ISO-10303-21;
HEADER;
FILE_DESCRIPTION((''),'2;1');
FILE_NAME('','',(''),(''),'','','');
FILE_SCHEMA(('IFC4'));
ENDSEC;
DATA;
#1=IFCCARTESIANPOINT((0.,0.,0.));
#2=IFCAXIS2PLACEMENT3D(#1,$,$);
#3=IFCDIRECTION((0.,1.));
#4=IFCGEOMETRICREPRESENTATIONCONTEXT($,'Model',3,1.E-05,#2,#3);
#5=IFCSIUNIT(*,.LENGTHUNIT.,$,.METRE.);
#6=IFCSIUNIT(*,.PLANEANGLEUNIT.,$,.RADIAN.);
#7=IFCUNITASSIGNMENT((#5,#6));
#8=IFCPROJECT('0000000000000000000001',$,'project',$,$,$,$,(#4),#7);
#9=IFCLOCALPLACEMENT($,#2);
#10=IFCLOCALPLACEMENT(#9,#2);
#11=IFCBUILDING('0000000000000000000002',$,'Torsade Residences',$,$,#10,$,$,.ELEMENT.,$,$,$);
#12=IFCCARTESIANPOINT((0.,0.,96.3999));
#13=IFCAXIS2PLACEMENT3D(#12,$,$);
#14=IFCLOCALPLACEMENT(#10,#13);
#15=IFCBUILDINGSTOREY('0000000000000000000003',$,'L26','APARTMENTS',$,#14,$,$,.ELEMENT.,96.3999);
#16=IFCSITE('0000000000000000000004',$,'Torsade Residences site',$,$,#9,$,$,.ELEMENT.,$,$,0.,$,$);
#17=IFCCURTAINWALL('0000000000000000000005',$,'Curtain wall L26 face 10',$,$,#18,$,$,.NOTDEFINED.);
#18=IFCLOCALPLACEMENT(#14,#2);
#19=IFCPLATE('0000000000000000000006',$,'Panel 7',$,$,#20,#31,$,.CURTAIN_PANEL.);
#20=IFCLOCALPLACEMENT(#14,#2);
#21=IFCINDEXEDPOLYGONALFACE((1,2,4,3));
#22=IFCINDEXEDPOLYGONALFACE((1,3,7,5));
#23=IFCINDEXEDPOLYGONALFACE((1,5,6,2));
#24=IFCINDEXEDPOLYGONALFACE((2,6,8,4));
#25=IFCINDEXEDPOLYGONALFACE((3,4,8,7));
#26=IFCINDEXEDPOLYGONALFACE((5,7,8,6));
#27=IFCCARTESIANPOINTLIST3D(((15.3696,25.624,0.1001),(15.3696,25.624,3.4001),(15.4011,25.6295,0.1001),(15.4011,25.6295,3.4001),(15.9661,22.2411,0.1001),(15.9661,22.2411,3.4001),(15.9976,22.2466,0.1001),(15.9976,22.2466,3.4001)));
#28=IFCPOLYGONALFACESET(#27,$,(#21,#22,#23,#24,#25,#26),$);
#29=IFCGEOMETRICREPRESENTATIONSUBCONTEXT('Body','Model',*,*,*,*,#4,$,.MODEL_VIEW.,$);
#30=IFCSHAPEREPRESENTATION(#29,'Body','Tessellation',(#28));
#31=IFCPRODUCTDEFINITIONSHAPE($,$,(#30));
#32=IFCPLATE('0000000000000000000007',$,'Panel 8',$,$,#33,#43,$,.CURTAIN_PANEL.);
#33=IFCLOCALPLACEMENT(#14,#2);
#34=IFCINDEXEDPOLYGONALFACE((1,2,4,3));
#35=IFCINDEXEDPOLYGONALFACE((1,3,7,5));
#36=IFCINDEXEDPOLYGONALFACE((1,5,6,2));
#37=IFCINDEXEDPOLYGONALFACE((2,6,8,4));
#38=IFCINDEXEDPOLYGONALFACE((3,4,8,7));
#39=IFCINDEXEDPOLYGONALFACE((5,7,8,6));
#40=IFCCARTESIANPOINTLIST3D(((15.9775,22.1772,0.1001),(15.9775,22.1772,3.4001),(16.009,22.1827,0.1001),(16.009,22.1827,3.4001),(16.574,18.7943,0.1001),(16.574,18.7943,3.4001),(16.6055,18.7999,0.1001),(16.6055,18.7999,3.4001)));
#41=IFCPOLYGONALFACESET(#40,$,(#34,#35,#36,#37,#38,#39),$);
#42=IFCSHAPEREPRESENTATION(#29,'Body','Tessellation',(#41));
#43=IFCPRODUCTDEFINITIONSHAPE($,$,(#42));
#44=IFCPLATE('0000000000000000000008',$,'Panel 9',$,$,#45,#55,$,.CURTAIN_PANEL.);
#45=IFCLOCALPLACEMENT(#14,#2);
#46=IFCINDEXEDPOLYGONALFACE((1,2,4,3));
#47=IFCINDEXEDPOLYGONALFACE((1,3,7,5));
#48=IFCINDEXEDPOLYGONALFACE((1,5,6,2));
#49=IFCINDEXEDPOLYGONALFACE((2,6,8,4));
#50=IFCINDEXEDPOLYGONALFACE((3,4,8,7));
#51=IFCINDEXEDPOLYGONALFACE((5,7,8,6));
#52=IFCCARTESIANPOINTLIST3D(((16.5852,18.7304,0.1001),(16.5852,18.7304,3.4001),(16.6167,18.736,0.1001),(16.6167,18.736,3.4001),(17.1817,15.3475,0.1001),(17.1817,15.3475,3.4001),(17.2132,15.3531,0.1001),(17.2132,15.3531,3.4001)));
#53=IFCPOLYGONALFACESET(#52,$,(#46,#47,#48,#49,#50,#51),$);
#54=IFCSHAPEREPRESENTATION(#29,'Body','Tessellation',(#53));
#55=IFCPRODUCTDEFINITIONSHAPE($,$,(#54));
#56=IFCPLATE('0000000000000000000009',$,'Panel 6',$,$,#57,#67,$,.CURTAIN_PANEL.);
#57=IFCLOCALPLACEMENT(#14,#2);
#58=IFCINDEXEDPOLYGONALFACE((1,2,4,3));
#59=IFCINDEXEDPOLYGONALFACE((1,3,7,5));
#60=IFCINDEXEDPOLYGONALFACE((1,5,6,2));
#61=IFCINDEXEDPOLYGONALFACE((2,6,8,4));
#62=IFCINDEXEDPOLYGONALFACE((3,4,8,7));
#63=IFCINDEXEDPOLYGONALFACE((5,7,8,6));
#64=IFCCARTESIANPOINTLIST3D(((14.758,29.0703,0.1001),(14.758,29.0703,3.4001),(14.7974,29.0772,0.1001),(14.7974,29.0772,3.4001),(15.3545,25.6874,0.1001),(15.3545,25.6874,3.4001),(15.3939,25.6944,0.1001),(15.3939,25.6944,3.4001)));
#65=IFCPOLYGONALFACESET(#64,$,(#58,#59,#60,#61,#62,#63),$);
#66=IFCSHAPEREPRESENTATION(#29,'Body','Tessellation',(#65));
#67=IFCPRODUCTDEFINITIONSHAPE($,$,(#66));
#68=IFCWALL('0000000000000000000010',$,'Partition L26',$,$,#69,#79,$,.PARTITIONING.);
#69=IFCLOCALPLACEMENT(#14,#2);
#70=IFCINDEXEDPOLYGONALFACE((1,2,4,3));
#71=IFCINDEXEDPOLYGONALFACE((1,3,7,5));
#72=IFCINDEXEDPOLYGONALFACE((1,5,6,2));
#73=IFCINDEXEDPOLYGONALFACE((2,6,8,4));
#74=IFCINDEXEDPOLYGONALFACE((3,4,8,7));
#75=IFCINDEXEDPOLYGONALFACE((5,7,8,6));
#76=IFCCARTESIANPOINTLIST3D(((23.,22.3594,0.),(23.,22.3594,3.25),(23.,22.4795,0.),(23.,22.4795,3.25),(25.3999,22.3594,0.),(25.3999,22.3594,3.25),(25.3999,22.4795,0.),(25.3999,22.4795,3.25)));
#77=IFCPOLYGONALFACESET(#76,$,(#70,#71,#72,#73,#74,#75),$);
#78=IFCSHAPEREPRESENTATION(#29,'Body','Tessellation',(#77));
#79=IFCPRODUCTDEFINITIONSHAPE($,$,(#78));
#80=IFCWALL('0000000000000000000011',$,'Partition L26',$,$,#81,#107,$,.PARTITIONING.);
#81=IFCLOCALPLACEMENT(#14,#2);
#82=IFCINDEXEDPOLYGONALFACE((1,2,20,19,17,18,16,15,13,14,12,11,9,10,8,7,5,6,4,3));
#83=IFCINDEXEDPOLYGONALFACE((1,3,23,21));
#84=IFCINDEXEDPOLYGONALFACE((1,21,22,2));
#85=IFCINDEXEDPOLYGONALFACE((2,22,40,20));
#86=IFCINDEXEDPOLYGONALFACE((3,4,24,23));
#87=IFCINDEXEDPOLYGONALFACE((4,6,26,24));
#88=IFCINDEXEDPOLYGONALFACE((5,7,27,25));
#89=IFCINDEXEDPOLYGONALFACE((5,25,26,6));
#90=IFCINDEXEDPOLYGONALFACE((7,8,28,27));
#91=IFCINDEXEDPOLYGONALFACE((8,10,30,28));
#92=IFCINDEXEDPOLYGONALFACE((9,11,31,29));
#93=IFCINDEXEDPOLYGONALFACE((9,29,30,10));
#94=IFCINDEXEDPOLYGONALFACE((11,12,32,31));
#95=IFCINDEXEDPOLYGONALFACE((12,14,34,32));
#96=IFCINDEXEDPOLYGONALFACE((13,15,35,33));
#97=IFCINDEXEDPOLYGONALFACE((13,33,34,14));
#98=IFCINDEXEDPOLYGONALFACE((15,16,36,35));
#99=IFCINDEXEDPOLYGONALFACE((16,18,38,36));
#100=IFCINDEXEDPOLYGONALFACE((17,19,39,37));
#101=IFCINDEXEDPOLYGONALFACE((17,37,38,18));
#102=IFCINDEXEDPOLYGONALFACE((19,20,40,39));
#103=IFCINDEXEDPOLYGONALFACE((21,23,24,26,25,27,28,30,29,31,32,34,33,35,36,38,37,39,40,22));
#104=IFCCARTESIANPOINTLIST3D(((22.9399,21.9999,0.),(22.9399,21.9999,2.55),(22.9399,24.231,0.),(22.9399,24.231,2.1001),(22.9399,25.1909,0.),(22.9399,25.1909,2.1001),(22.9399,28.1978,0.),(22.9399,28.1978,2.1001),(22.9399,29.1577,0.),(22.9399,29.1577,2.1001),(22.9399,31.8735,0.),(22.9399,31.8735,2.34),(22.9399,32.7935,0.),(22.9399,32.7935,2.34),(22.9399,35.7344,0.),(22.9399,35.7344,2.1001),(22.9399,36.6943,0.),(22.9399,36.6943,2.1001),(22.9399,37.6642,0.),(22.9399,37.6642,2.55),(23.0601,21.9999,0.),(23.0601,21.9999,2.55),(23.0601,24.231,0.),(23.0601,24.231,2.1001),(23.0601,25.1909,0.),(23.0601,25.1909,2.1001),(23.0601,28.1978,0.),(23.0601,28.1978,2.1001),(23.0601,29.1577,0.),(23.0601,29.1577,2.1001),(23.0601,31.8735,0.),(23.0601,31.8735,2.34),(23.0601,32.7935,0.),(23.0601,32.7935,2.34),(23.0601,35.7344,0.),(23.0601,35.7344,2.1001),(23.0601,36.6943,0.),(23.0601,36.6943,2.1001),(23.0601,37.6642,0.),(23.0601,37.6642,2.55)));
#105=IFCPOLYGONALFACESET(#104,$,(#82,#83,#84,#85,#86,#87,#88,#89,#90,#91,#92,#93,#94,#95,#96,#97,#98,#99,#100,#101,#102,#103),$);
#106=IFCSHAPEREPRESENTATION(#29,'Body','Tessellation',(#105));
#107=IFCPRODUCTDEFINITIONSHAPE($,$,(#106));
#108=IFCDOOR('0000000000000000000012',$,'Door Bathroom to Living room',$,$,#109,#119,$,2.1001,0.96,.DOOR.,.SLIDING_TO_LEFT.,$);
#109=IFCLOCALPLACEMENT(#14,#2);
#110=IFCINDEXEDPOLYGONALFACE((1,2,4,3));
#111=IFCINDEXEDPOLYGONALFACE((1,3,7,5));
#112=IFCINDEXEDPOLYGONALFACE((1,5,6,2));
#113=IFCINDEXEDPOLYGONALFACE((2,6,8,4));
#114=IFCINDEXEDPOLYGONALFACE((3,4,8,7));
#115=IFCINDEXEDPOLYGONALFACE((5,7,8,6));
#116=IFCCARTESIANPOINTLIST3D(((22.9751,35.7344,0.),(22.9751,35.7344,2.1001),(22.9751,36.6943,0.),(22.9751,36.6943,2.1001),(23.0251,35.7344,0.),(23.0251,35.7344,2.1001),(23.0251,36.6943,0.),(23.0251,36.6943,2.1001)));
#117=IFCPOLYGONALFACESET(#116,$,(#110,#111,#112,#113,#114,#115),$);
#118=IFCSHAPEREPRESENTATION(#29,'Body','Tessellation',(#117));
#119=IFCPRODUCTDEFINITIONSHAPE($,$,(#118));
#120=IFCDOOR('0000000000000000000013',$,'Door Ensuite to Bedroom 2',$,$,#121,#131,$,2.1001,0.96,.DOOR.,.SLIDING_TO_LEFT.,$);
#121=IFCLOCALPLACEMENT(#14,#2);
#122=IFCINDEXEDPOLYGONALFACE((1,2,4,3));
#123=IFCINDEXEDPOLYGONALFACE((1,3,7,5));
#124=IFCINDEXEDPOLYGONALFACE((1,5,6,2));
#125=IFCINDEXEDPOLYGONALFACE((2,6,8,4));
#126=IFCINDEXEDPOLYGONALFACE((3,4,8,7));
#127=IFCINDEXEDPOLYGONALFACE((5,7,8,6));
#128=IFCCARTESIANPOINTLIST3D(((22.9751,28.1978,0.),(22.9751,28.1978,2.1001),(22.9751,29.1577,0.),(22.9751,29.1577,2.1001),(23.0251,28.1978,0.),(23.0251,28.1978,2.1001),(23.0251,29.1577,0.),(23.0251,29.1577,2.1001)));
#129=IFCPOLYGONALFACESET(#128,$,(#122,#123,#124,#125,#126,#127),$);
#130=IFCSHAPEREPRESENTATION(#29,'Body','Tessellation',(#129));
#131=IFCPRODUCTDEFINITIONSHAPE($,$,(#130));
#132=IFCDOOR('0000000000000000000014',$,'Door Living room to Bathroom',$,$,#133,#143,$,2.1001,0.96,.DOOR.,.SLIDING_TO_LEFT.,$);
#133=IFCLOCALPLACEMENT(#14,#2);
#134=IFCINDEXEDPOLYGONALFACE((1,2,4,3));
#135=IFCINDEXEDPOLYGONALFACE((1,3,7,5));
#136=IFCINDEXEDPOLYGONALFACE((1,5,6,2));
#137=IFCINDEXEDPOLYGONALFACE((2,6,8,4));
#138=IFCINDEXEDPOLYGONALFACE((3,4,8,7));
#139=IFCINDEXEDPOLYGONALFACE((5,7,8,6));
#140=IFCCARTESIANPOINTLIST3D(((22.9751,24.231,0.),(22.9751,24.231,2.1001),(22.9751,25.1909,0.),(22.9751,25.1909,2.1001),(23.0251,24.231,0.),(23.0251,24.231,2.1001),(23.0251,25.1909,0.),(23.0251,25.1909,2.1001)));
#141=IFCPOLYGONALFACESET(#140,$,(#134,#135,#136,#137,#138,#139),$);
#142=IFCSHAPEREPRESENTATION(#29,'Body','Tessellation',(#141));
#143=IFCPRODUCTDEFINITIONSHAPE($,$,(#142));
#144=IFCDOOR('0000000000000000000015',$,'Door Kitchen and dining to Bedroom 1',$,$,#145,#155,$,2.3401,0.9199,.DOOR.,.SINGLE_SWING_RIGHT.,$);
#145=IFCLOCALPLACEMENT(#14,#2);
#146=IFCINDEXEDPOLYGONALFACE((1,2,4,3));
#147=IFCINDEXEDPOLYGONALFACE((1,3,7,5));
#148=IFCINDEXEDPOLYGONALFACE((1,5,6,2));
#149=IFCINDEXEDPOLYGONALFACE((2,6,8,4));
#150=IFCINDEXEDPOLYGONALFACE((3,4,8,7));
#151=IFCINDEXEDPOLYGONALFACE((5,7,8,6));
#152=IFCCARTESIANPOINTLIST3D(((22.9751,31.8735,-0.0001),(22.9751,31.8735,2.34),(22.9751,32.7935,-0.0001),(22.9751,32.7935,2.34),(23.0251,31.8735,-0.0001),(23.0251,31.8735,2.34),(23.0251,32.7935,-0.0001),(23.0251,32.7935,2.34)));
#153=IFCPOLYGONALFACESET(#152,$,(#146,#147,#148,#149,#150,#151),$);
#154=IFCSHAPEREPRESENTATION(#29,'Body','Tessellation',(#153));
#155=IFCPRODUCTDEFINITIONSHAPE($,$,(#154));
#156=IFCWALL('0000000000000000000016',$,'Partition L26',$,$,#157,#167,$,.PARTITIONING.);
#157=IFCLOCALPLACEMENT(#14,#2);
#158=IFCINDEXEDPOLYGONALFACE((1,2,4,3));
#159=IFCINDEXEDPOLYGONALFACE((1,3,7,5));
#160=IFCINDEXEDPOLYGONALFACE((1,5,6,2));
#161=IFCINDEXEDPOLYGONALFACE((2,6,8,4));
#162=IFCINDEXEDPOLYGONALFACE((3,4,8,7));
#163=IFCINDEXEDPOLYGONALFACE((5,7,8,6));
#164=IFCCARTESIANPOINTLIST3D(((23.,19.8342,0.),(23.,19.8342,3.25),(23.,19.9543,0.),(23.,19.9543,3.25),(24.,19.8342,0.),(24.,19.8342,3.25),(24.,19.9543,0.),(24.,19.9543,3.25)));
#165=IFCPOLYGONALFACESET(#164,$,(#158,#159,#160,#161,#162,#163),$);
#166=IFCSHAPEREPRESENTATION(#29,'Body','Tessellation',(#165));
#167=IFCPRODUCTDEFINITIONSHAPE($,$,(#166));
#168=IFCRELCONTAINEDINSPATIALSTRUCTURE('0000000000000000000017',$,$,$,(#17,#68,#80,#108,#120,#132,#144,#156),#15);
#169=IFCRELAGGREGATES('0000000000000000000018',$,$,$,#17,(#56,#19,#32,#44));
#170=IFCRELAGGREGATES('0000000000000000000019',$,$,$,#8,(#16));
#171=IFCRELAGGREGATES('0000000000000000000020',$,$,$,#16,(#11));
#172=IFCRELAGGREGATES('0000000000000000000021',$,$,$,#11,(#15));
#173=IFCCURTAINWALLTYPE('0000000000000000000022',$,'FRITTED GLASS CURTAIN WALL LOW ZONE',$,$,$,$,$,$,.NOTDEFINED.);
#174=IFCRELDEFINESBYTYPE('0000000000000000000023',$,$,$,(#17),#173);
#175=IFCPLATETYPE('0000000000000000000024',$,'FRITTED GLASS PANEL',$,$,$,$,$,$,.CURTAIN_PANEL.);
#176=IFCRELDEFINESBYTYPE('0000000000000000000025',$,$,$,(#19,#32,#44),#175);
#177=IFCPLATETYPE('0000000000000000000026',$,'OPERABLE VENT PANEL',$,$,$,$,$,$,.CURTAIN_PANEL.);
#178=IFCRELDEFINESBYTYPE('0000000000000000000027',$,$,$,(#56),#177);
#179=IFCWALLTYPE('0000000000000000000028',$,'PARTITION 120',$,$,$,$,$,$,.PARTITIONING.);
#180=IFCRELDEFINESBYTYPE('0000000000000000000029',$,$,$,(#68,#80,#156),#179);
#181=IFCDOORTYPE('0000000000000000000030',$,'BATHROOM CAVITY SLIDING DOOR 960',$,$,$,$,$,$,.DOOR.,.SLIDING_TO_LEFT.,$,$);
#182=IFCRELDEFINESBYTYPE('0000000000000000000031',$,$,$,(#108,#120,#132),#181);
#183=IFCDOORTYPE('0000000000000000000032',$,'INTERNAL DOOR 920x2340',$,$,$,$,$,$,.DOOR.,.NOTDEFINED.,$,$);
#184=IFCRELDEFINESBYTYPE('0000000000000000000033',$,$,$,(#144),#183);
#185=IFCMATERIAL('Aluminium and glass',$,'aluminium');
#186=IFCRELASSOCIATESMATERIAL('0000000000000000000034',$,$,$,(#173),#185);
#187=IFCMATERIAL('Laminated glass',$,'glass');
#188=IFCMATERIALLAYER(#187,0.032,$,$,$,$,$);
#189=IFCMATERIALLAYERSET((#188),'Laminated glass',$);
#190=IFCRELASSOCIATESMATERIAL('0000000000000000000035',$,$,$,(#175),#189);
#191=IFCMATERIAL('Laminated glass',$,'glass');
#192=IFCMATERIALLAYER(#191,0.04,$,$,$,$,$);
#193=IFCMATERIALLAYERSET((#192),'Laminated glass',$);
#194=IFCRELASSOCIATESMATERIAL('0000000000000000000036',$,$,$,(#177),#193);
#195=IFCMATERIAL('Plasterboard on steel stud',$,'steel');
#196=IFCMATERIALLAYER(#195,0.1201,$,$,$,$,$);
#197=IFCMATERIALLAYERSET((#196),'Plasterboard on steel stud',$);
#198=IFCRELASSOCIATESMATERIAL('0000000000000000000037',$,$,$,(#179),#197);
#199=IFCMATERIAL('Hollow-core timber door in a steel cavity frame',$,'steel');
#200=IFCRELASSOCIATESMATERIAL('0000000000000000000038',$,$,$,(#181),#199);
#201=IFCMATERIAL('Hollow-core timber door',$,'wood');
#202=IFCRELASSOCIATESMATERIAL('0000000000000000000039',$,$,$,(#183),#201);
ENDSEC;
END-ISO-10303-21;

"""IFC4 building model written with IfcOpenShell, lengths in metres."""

from ifc_helpers import new_model, si_unit, direction, frame, frame_2d, origin, origin_2d, place, context, subcontext, project, spatial, rectangle, extrude, material, layer, layer_set, type_object, element, fill, aggregate, save


model = new_model("IFC4")

# Units and contexts
model_context = context("Model", 3, precision=1e-05, world=origin(), true_north=direction((0.0, 1.0)))
body_context = subcontext(model_context, "Body", "Model", "MODEL_VIEW")
ifc_project = project(units=[si_unit("LENGTHUNIT", "METRE"), si_unit("PLANEANGLEUNIT", "RADIAN")], contexts=[model_context])

# Site, building, storey
site_placement = place(None, origin())
site = spatial("IfcSite", under=ifc_project, at=site_placement, Name="Torsade Residences site", CompositionType="ELEMENT", RefElevation=0.0)
building_placement = place(site_placement, origin())
building = spatial("IfcBuilding", under=site, at=building_placement, Name="Torsade Residences", CompositionType="ELEMENT")
storey_placement = place(building_placement, frame((0.0, 0.0, 96.3999)))
storey = spatial("IfcBuildingStorey", under=building, at=storey_placement, Name="L26", Description="APARTMENTS", CompositionType="ELEMENT", Elevation=96.3999)

# Curtain wall
ifc_material_1 = material(Name="Aluminium and glass", Category="aluminium")
curtain_wall_type = type_object("IfcCurtainWallType", Name="FRITTED GLASS CURTAIN WALL LOW ZONE", PredefinedType="NOTDEFINED", material=ifc_material_1)
curtain_wall_placement = place(storey_placement, origin())
curtain_wall = element("IfcCurtainWall", 1, at=curtain_wall_placement, inside=storey, type_object=curtain_wall_type, Name="Curtain wall L26 face 10", PredefinedType="NOTDEFINED")

# Plates
ifc_material_2 = material(Name="Laminated glass", Category="glass")
ifc_layer_1 = layer(ifc_material_2, 0.032)
ifc_layer_set_1 = layer_set([ifc_layer_1], Name="Laminated glass")
plate_type_1 = type_object("IfcPlateType", Name="FRITTED GLASS PANEL", PredefinedType="CURTAIN_PANEL", material=ifc_layer_set_1)
plate_1_placement = place(storey_placement, frame((15.6836, 23.9353, 0.1001), z_axis=(0.0, 0.0, 1.0), x_axis=(0.173648, -0.984808, 0.0)))
plate_1 = element("IfcPlate", 2, at=plate_1_placement, type_object=plate_type_1, Name="Panel 7", PredefinedType="CURTAIN_PANEL", context=body_context, shape_type="SweptSolid", body=[
    extrude(rectangle(XDim=3.4351, YDim=0.032, at=origin_2d()), origin(), (0.0, 0.0, 1.0), 3.3),
])
plate_2_placement = place(storey_placement, frame((16.2915, 20.4885, 0.1001), z_axis=(0.0, 0.0, 1.0), x_axis=(0.173648, -0.984808, 0.0)))
plate_2 = element("IfcPlate", 3, at=plate_2_placement, type_object=plate_type_1, Name="Panel 8", PredefinedType="CURTAIN_PANEL", context=body_context, shape_type="SweptSolid", body=[
    extrude(rectangle(XDim=3.4351, YDim=0.032, at=origin_2d()), origin(), (0.0, 0.0, 1.0), 3.3),
])
plate_3_placement = place(storey_placement, frame((16.8992, 17.0417, 0.1001), z_axis=(0.0, 0.0, 1.0), x_axis=(0.173648, -0.984808, 0.0)))
plate_3 = element("IfcPlate", 4, at=plate_3_placement, type_object=plate_type_1, Name="Panel 9", PredefinedType="CURTAIN_PANEL", context=body_context, shape_type="SweptSolid", body=[
    extrude(rectangle(XDim=3.4351, YDim=0.032, at=origin_2d()), origin(), (0.0, 0.0, 1.0), 3.3),
])
ifc_material_3 = material(Name="Laminated glass", Category="glass")
ifc_layer_2 = layer(ifc_material_3, 0.04)
ifc_layer_set_2 = layer_set([ifc_layer_2], Name="Laminated glass")
plate_type_2 = type_object("IfcPlateType", Name="OPERABLE VENT PANEL", PredefinedType="CURTAIN_PANEL", material=ifc_layer_set_2)
plate_4_placement = place(storey_placement, frame((15.0759, 27.3823, 0.1001), z_axis=(0.0, 0.0, 1.0), x_axis=(0.173648, -0.984808, 0.0)))
plate_4 = element("IfcPlate", 5, at=plate_4_placement, type_object=plate_type_2, Name="Panel 6", PredefinedType="CURTAIN_PANEL", context=body_context, shape_type="SweptSolid", body=[
    extrude(rectangle(XDim=3.4351, YDim=0.04, at=origin_2d()), origin(), (0.0, 0.0, 1.0), 3.3),
])
aggregate(curtain_wall, [plate_4, plate_1, plate_2, plate_3])

# Wall
ifc_material_4 = material(Name="Plasterboard on steel stud", Category="steel")
ifc_layer_3 = layer(ifc_material_4, 0.1201)
ifc_layer_set_3 = layer_set([ifc_layer_3], Name="Plasterboard on steel stud")
wall_type_1 = type_object("IfcWallType", Name="PARTITION 120", PredefinedType="PARTITIONING", material=ifc_layer_set_3)
wall_1_placement = place(storey_placement, frame((23.0, 22.4194, 0.0), z_axis=(0.0, 0.0, 1.0), x_axis=(1.0, 0.0, 0.0)))
element("IfcWall", 6, at=wall_1_placement, inside=storey, type_object=wall_type_1, Name="Partition L26", PredefinedType="PARTITIONING", context=body_context, shape_type="SweptSolid", body=[
    extrude(rectangle(XDim=2.3999, YDim=0.1201, at=frame_2d((1.2, 0.0))), origin(), (0.0, 0.0, 1.0), 3.25),
])

# Wall, openings, doors
wall_2_placement = place(storey_placement, frame((23.0, 22.0, 0.0), z_axis=(0.0, 0.0, 1.0), x_axis=(0.0, 1.0, 0.0)))
wall_2 = element("IfcWall", 7, at=wall_2_placement, inside=storey, type_object=wall_type_1, Name="Partition L26", PredefinedType="PARTITIONING", context=body_context, shape_type="SweptSolid", body=[
    extrude(rectangle(XDim=15.6643, YDim=0.1201, at=frame_2d((7.832, 0.0))), origin(), (0.0, 0.0, 1.0), 2.55),
])
opening_1_placement = place(wall_2_placement, frame((9.8735, 0.0, 0.0)))
opening_1 = element("IfcOpeningElement", 8, at=opening_1_placement, cuts=wall_2, PredefinedType="OPENING", context=body_context, shape_type="SweptSolid", body=[
    extrude(rectangle(XDim=0.9199, YDim=2.3401, at=frame_2d((0.46, 1.1699))), frame((0.0, 0.0701, 0.0), z_axis=(0.0, -1.0, 0.0), x_axis=(1.0, 0.0, 0.0)), (0.0, 0.0, 1.0), 0.1401),
])
opening_2_placement = place(wall_2_placement, frame((13.7344, 0.0, 0.0)))
opening_2 = element("IfcOpeningElement", 9, at=opening_2_placement, cuts=wall_2, PredefinedType="OPENING", context=body_context, shape_type="SweptSolid", body=[
    extrude(rectangle(XDim=0.96, YDim=2.1001, at=frame_2d((0.48, 1.05))), frame((0.0, 0.0701, 0.0), z_axis=(0.0, -1.0, 0.0), x_axis=(1.0, 0.0, 0.0)), (0.0, 0.0, 1.0), 0.1401),
])
opening_3_placement = place(wall_2_placement, frame((6.1978, 0.0, 0.0)))
opening_3 = element("IfcOpeningElement", 10, at=opening_3_placement, cuts=wall_2, PredefinedType="OPENING", context=body_context, shape_type="SweptSolid", body=[
    extrude(rectangle(XDim=0.96, YDim=2.1001, at=frame_2d((0.48, 1.05))), frame((0.0, 0.0701, 0.0), z_axis=(0.0, -1.0, 0.0), x_axis=(1.0, 0.0, 0.0)), (0.0, 0.0, 1.0), 0.1401),
])
opening_4_placement = place(wall_2_placement, frame((2.231, 0.0, 0.0)))
opening_4 = element("IfcOpeningElement", 11, at=opening_4_placement, cuts=wall_2, PredefinedType="OPENING", context=body_context, shape_type="SweptSolid", body=[
    extrude(rectangle(XDim=0.96, YDim=2.1001, at=frame_2d((0.48, 1.05))), frame((0.0, 0.0701, 0.0), z_axis=(0.0, -1.0, 0.0), x_axis=(1.0, 0.0, 0.0)), (0.0, 0.0, 1.0), 0.1401),
])
ifc_material_5 = material(Name="Hollow-core timber door in a steel cavity frame", Category="steel")
door_type_1 = type_object("IfcDoorType", Name="BATHROOM CAVITY SLIDING DOOR 960", OperationType="SLIDING_TO_LEFT", PredefinedType="DOOR", material=ifc_material_5)
door_1_placement = place(opening_2_placement, origin())
door_1 = element("IfcDoor", 12, at=door_1_placement, inside=storey, type_object=door_type_1, Name="Door Bathroom to Living room", OperationType="SLIDING_TO_LEFT", OverallHeight=2.1001, OverallWidth=0.96, PredefinedType="DOOR", context=body_context, shape_type="SweptSolid", body=[
    extrude(rectangle(XDim=0.96, YDim=2.1001, at=frame_2d((0.48, 1.05))), frame((0.0, 0.0249, 0.0), z_axis=(0.0, -1.0, 0.0), x_axis=(1.0, 0.0, 0.0)), (0.0, 0.0, 1.0), 0.05),
])
fill(opening_2, door_1)
door_2_placement = place(opening_3_placement, origin())
door_2 = element("IfcDoor", 13, at=door_2_placement, inside=storey, type_object=door_type_1, Name="Door Ensuite to Bedroom 2", OperationType="SLIDING_TO_LEFT", OverallHeight=2.1001, OverallWidth=0.96, PredefinedType="DOOR", context=body_context, shape_type="SweptSolid", body=[
    extrude(rectangle(XDim=0.96, YDim=2.1001, at=frame_2d((0.48, 1.05))), frame((0.0, 0.0249, 0.0), z_axis=(0.0, -1.0, 0.0), x_axis=(1.0, 0.0, 0.0)), (0.0, 0.0, 1.0), 0.05),
])
fill(opening_3, door_2)
door_3_placement = place(opening_4_placement, origin())
door_3 = element("IfcDoor", 14, at=door_3_placement, inside=storey, type_object=door_type_1, Name="Door Living room to Bathroom", OperationType="SLIDING_TO_LEFT", OverallHeight=2.1001, OverallWidth=0.96, PredefinedType="DOOR", context=body_context, shape_type="SweptSolid", body=[
    extrude(rectangle(XDim=0.96, YDim=2.1001, at=frame_2d((0.48, 1.05))), frame((0.0, 0.0249, 0.0), z_axis=(0.0, -1.0, 0.0), x_axis=(1.0, 0.0, 0.0)), (0.0, 0.0, 1.0), 0.05),
])
fill(opening_4, door_3)
ifc_material_6 = material(Name="Hollow-core timber door", Category="wood")
door_type_2 = type_object("IfcDoorType", Name="INTERNAL DOOR 920x2340", OperationType="NOTDEFINED", PredefinedType="DOOR", material=ifc_material_6)
door_4_placement = place(opening_1_placement, origin())
door_4 = element("IfcDoor", 15, at=door_4_placement, inside=storey, type_object=door_type_2, Name="Door Kitchen and dining to Bedroom 1", OperationType="SINGLE_SWING_RIGHT", OverallHeight=2.3401, OverallWidth=0.9199, PredefinedType="DOOR", context=body_context, shape_type="SweptSolid", body=[
    extrude(rectangle(XDim=0.9199, YDim=2.3401, at=frame_2d((0.46, 1.1699))), frame((0.0, 0.0249, 0.0), z_axis=(0.0, -1.0, 0.0), x_axis=(1.0, 0.0, 0.0)), (0.0, 0.0, 1.0), 0.05),
])
fill(opening_1, door_4)

# Wall
wall_3_placement = place(storey_placement, frame((23.0, 19.8943, 0.0), z_axis=(0.0, 0.0, 1.0), x_axis=(1.0, 0.0, 0.0)))
element("IfcWall", 16, at=wall_3_placement, inside=storey, type_object=wall_type_1, Name="Partition L26", PredefinedType="PARTITIONING", context=body_context, shape_type="SweptSolid", body=[
    extrude(rectangle(XDim=1.0, YDim=0.1201, at=frame_2d((0.5, 0.0))), origin(), (0.0, 0.0, 1.0), 3.25),
])

save(model, "model.ifc")
